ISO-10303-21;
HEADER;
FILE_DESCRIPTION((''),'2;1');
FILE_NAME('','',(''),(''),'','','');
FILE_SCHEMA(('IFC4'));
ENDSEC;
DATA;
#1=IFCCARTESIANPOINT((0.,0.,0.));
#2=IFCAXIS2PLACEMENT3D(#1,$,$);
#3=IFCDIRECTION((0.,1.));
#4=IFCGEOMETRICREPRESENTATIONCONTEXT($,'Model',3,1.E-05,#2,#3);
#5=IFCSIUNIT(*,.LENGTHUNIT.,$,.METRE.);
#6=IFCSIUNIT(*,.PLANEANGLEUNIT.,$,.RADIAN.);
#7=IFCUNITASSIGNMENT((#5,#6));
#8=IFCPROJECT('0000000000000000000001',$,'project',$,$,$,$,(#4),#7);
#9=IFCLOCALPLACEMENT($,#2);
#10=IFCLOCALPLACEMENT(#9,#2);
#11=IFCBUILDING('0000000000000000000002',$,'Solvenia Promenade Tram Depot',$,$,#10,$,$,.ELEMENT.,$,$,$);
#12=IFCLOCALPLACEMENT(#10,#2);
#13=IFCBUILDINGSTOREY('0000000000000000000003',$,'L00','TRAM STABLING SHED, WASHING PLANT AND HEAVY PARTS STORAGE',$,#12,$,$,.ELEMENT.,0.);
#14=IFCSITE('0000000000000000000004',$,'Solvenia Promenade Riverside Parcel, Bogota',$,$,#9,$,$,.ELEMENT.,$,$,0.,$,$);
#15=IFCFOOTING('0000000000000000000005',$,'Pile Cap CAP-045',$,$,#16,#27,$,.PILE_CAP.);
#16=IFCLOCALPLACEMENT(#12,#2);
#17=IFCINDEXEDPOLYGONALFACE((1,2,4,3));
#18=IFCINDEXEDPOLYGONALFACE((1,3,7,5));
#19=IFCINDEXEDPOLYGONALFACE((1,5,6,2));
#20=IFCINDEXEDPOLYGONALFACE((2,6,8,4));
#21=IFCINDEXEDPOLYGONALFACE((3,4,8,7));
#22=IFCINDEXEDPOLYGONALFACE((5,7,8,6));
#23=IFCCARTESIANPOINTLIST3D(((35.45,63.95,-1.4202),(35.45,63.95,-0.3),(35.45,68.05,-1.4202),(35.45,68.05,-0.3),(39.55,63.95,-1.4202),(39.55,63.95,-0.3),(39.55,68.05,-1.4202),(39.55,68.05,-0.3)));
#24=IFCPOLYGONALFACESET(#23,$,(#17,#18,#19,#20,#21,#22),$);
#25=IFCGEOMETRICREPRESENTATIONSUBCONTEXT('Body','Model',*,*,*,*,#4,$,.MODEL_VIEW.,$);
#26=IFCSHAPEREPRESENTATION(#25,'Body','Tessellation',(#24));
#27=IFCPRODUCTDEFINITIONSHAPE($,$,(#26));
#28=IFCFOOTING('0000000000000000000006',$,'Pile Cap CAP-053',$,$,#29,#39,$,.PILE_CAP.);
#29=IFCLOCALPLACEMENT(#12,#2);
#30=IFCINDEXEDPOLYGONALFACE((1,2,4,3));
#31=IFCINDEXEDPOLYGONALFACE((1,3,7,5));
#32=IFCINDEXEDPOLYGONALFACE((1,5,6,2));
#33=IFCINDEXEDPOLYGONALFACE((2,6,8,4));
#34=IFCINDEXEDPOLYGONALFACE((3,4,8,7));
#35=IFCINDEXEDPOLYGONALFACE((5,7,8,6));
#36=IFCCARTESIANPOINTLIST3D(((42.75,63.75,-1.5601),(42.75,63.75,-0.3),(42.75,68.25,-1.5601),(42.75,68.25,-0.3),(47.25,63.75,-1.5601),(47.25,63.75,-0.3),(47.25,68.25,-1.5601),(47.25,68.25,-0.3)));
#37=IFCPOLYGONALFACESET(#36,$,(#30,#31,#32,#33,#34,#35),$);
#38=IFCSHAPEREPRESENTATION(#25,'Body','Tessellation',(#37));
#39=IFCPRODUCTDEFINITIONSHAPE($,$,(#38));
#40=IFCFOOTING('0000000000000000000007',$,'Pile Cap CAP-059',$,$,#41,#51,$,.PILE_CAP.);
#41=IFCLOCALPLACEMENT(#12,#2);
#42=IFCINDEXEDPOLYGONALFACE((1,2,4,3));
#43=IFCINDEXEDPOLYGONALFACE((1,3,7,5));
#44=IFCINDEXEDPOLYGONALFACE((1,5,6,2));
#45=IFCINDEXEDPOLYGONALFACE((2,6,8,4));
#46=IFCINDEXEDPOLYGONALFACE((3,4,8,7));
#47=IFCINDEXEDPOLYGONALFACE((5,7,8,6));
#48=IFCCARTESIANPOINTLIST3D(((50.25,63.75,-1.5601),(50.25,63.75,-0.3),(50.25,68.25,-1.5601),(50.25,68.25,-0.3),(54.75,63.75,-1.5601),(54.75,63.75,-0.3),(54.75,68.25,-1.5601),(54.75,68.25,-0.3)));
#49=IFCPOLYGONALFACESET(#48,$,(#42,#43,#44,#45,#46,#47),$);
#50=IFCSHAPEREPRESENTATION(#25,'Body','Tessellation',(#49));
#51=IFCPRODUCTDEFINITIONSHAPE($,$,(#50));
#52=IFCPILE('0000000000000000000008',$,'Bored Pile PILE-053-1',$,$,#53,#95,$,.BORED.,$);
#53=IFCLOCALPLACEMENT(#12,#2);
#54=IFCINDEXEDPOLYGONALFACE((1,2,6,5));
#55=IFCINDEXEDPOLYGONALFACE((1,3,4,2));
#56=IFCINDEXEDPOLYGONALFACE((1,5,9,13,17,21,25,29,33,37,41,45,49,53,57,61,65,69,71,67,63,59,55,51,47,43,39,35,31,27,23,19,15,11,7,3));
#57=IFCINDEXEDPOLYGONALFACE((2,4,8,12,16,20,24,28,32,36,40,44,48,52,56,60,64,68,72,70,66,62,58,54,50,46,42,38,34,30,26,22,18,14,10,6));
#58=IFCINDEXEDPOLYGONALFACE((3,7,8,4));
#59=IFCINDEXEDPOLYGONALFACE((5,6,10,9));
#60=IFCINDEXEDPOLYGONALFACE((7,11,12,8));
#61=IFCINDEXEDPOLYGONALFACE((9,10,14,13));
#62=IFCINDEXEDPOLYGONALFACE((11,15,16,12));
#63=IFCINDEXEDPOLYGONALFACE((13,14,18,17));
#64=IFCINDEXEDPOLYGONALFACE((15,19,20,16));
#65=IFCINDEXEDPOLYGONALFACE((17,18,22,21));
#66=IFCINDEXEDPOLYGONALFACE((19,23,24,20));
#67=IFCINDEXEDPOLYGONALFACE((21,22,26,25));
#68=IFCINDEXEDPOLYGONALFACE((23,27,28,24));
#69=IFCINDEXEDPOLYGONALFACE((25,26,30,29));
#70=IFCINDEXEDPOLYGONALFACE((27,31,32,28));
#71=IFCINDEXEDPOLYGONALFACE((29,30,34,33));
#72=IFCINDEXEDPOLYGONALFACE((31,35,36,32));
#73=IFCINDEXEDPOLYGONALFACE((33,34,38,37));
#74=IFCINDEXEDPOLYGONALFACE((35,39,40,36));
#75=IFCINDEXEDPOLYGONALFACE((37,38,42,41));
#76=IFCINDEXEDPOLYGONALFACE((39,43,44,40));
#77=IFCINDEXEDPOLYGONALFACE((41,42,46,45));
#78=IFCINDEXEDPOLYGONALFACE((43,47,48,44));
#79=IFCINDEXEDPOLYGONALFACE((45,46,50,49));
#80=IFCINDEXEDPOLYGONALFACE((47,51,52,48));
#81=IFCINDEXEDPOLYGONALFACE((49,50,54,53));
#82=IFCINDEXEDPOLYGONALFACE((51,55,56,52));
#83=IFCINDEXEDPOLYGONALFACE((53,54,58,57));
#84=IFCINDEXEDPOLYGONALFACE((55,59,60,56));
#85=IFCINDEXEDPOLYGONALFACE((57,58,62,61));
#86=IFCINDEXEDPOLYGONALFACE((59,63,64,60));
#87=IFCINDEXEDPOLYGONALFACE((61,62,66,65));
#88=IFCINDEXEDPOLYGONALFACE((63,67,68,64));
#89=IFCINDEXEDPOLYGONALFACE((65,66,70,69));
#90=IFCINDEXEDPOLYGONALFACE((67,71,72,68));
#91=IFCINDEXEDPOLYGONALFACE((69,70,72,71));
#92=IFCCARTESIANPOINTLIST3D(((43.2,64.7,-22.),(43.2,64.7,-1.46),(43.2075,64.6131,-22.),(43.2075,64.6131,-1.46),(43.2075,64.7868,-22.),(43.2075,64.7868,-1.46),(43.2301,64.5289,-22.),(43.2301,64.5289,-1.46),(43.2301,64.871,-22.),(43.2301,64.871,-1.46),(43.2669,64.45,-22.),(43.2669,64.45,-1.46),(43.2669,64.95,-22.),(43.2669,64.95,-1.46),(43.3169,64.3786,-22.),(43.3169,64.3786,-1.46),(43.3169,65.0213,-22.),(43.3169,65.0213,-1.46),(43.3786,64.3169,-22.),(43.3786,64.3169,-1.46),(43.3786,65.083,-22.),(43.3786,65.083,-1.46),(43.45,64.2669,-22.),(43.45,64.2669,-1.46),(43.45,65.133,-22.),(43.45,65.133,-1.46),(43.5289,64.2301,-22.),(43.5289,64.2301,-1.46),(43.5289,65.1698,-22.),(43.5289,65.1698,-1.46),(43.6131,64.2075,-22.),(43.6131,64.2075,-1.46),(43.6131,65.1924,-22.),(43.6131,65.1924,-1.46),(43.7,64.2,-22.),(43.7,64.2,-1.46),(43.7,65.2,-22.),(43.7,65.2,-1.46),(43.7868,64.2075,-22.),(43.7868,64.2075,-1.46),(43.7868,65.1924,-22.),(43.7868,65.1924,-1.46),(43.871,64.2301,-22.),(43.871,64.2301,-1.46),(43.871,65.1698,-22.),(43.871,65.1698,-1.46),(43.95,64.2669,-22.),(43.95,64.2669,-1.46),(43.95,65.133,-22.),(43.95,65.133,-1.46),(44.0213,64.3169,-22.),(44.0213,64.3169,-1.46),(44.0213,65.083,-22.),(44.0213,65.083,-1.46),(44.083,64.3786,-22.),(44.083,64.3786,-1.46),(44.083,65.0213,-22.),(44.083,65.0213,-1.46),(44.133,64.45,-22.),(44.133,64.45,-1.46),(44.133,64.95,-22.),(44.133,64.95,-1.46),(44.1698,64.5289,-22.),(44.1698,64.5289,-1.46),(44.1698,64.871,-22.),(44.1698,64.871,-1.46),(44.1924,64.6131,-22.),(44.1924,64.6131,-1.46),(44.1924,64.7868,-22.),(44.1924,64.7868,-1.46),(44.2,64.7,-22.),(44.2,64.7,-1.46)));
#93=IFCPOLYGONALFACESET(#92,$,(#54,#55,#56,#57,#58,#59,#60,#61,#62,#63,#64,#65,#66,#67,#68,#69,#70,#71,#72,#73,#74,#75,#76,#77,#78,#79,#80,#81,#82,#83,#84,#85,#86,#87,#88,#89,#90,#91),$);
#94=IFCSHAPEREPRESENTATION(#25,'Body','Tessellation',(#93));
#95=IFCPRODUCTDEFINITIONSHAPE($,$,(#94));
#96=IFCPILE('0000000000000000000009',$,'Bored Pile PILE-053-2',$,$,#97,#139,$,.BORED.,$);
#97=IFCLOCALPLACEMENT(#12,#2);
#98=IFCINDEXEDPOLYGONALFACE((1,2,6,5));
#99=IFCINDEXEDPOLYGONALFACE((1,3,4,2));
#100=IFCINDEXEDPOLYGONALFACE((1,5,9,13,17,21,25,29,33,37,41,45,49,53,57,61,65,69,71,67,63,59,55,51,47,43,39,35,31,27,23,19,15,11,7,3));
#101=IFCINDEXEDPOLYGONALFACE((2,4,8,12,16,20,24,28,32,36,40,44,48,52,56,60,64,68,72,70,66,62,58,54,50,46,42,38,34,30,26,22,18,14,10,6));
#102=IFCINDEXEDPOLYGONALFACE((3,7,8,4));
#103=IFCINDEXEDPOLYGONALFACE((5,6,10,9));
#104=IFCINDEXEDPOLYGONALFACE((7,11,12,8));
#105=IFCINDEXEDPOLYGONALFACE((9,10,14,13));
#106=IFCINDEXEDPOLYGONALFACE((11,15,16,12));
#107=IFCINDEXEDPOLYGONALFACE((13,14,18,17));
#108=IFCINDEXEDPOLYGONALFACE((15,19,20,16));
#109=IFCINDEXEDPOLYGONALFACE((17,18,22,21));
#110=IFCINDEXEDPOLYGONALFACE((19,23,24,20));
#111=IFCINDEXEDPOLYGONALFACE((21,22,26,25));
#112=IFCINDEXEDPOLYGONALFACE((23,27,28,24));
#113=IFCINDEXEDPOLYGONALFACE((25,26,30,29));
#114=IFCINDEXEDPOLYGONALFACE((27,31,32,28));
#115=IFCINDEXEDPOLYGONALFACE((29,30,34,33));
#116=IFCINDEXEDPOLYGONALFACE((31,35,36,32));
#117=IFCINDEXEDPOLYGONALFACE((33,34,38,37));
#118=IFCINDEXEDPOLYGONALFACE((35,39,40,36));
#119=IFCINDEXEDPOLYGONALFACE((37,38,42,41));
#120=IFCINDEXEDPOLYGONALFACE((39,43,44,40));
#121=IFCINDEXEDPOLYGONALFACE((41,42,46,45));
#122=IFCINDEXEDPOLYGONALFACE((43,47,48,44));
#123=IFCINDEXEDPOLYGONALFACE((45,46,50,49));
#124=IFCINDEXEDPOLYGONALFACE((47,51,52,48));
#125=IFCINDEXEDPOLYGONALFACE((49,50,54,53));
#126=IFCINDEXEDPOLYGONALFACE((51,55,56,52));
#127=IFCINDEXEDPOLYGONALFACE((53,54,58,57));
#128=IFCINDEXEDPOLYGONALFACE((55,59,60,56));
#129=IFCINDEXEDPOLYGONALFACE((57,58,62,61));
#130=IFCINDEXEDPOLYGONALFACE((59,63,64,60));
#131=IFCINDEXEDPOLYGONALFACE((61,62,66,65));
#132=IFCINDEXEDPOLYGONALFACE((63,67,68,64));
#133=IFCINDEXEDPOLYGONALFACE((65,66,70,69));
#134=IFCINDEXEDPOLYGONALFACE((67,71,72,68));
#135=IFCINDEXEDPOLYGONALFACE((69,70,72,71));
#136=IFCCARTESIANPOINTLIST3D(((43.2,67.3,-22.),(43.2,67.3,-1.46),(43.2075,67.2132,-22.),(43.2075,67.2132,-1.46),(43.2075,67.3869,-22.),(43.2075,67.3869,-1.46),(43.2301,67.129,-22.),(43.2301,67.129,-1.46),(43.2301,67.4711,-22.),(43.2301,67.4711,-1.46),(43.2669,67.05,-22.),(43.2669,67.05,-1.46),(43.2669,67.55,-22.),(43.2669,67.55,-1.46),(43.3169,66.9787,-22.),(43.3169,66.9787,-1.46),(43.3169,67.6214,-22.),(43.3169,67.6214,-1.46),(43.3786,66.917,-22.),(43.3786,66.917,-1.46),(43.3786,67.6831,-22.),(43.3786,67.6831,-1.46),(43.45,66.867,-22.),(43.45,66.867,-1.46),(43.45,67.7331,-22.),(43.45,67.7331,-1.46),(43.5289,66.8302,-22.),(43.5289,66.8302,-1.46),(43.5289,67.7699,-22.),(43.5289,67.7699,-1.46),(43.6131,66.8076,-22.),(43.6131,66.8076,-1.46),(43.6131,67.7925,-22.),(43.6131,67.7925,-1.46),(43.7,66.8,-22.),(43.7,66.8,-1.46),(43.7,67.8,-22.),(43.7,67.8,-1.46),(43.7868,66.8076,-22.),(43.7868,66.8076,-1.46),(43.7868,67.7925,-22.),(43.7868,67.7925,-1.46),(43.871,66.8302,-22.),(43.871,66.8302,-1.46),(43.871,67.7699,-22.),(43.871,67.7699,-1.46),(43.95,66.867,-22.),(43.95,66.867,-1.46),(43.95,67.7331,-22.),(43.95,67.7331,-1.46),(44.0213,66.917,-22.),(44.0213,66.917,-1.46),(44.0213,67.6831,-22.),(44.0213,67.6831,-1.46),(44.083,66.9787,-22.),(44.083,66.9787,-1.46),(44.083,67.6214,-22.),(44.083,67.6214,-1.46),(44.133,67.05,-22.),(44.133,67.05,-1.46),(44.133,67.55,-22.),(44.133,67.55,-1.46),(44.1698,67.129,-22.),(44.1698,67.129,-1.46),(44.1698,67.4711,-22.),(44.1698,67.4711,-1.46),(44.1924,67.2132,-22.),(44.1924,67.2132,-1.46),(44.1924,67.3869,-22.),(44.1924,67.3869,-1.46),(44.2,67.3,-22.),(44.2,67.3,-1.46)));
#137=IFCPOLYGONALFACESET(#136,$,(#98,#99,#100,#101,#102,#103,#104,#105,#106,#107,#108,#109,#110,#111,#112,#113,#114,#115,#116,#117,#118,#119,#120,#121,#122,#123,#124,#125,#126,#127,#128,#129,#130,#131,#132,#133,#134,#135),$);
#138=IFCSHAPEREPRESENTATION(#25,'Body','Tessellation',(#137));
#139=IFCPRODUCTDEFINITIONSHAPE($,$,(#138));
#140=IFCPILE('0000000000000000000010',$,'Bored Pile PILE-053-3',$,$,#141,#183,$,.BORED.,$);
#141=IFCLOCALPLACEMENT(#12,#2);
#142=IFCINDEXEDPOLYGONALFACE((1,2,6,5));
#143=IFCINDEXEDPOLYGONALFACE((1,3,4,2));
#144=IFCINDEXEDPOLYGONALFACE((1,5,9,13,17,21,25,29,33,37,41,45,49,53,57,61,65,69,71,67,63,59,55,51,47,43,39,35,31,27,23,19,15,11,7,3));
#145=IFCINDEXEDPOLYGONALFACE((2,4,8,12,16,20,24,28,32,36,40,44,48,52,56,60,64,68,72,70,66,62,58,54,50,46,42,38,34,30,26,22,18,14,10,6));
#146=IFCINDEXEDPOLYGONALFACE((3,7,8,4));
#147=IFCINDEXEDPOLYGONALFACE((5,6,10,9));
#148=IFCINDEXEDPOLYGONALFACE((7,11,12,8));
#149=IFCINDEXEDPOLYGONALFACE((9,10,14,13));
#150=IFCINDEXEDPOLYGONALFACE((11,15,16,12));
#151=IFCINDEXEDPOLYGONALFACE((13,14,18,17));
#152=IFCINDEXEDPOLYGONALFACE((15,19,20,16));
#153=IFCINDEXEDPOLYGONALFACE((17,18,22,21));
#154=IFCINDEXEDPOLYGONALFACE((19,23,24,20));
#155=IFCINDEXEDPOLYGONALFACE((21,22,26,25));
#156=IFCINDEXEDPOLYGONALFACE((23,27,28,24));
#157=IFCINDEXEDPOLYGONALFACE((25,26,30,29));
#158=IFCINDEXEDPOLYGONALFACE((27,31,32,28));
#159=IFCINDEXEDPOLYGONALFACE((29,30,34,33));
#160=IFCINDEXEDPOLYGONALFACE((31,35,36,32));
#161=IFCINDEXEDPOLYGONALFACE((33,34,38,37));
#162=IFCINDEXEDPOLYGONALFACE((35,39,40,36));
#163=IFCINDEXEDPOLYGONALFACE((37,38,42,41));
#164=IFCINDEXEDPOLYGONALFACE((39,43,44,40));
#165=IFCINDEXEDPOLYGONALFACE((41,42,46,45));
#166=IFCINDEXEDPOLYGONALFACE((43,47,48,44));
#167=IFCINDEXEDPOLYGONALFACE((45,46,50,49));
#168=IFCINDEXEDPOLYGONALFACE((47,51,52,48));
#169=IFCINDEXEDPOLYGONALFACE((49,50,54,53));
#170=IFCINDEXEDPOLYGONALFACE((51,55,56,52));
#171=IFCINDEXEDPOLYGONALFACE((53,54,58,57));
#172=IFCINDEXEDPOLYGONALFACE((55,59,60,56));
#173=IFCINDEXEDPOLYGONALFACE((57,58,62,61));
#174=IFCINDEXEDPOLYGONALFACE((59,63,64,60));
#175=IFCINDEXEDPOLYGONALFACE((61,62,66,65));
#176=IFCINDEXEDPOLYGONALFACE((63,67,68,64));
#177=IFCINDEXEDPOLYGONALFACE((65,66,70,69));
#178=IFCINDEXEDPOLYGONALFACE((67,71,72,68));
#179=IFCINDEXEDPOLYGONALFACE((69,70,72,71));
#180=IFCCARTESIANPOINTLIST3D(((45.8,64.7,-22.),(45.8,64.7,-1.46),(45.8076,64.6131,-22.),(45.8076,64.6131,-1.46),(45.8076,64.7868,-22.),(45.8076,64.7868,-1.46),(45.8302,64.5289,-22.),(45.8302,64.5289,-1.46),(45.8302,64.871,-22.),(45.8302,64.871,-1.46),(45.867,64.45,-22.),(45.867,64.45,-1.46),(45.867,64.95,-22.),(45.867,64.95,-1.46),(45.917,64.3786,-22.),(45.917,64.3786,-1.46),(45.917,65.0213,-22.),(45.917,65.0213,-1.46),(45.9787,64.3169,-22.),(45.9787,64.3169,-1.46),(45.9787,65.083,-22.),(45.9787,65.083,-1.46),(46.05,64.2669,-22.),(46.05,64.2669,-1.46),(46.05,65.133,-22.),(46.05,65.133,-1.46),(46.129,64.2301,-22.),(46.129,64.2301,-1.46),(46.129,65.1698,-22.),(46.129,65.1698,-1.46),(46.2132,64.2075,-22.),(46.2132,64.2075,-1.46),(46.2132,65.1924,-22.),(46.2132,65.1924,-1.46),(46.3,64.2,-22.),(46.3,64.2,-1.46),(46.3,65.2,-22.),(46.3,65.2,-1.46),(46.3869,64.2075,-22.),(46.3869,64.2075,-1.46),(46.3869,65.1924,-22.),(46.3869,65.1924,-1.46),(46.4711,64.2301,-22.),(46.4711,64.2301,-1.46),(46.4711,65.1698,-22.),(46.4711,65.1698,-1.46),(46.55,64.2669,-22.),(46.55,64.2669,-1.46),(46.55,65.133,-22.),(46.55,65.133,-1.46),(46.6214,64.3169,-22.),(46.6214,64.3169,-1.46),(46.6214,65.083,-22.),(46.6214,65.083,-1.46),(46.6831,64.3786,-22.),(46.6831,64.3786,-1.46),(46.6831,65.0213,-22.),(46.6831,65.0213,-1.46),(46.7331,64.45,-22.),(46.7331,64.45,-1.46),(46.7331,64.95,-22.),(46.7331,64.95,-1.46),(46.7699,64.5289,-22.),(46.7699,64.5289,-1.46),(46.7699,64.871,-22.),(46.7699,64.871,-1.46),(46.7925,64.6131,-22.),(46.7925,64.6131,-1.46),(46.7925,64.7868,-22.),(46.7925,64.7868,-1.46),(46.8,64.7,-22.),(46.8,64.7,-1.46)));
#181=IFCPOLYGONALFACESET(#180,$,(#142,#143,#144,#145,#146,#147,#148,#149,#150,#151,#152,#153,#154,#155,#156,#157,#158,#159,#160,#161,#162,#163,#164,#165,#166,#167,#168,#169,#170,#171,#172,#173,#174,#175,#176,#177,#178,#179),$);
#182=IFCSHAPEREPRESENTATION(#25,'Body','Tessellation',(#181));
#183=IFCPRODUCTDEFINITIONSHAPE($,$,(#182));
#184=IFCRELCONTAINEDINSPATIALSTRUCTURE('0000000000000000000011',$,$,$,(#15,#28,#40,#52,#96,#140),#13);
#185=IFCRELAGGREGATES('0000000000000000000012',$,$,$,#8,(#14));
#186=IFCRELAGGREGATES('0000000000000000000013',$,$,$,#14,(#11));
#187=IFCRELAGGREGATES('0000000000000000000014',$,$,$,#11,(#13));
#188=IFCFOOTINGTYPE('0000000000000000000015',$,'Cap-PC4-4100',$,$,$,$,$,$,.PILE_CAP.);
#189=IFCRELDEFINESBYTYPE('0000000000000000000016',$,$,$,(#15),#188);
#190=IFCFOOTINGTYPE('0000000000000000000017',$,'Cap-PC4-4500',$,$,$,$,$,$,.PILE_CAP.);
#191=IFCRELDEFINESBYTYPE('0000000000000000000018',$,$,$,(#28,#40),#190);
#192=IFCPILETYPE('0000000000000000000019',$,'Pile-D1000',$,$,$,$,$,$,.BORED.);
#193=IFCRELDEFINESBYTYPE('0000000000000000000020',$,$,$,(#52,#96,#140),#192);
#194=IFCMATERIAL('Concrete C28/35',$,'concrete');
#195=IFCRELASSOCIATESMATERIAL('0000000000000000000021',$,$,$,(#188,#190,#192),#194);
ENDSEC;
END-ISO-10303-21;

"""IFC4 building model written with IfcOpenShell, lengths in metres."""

from ifc_helpers import new_model, si_unit, direction, frame, origin, origin_2d, place, context, subcontext, project, spatial, rectangle, circle, extrude, material, material_profile, profile_set, type_object, element, save


model = new_model("IFC4")

# Units and contexts
model_context = context("Model", 3, precision=1e-05, world=origin(), true_north=direction((0.0, 1.0)))
body_context = subcontext(model_context, "Body", "Model", "MODEL_VIEW")
ifc_project = project(units=[si_unit("LENGTHUNIT", "METRE"), si_unit("PLANEANGLEUNIT", "RADIAN")], contexts=[model_context])

# Site, building, storey
site_placement = place(None, origin())
site = spatial("IfcSite", under=ifc_project, at=site_placement, Name="Solvenia Promenade Riverside Parcel, Bogota", CompositionType="ELEMENT", RefElevation=0.0)
building_placement = place(site_placement, origin())
building = spatial("IfcBuilding", under=site, at=building_placement, Name="Solvenia Promenade Tram Depot", CompositionType="ELEMENT")
storey_placement = place(building_placement, origin())
storey = spatial("IfcBuildingStorey", under=building, at=storey_placement, Name="L00", Description="TRAM STABLING SHED, WASHING PLANT AND HEAVY PARTS STORAGE", CompositionType="ELEMENT", Elevation=0.0)

# Footings
ifc_material_1 = material(Name="Concrete C28/35", Category="concrete")
footing_type_1 = type_object("IfcFootingType", Name="Cap-PC4-4100", PredefinedType="PILE_CAP", material=ifc_material_1)
footing_1_placement = place(storey_placement, frame((37.5, 66.0, -1.4202), z_axis=(0.0, 0.0, 1.0), x_axis=(1.0, 0.0, 0.0)))
element("IfcFooting", 1, at=footing_1_placement, inside=storey, type_object=footing_type_1, Name="Pile Cap CAP-045", PredefinedType="PILE_CAP", context=body_context, shape_type="SweptSolid", body=[
    extrude(rectangle(XDim=4.1001, YDim=4.1001, at=origin_2d()), origin(), (0.0, 0.0, 1.0), 1.1201),
])
footing_type_2 = type_object("IfcFootingType", Name="Cap-PC4-4500", PredefinedType="PILE_CAP", material=ifc_material_1)
for number, where, z_axis, x_axis, name in (
    (2, (45.0, 66.0, -1.5601), (0.0, 0.0, 1.0), (1.0, 0.0, 0.0), "Pile Cap CAP-053"),
    (3, (52.5, 66.0, -1.5601), (0.0, 0.0, 1.0), (1.0, 0.0, 0.0), "Pile Cap CAP-059"),
):
    element("IfcFooting", number, at=place(storey_placement, frame(where, z_axis=z_axis, x_axis=x_axis)), inside=storey, type_object=footing_type_2, Name=name, PredefinedType="PILE_CAP", context=body_context, shape_type="SweptSolid", body=[
        extrude(rectangle(XDim=4.5, YDim=4.5, at=origin_2d()), origin(), (0.0, 0.0, 1.0), 1.26),
    ])

# Piles
ifc_material_profile_1 = material_profile(ifc_material_1, circle(Radius=0.5, at=origin_2d()), Name="D1000", Category="concrete")
ifc_profile_set_1 = profile_set([ifc_material_profile_1], Name="Concrete C28/35")
pile_type_1 = type_object("IfcPileType", Name="Pile-D1000", PredefinedType="BORED", material=ifc_profile_set_1)
for number, where, z_axis, x_axis, name in (
    (4, (43.7, 64.7, -1.46), (0.0, 0.0, -1.0), (1.0, 0.0, 0.0), "Bored Pile PILE-053-1"),
    (5, (43.7, 67.3, -1.46), (0.0, 0.0, -1.0), (1.0, 0.0, 0.0), "Bored Pile PILE-053-2"),
    (6, (46.3, 64.7, -1.46), (0.0, 0.0, -1.0), (1.0, 0.0, 0.0), "Bored Pile PILE-053-3"),
):
    element("IfcPile", number, at=place(storey_placement, frame(where, z_axis=z_axis, x_axis=x_axis)), inside=storey, type_object=pile_type_1, Name=name, PredefinedType="BORED", context=body_context, shape_type="SweptSolid", body=[
        extrude(circle(Radius=0.5, at=origin_2d()), origin(), (0.0, 0.0, 1.0), 20.54),
    ])

save(model, "model.ifc")
